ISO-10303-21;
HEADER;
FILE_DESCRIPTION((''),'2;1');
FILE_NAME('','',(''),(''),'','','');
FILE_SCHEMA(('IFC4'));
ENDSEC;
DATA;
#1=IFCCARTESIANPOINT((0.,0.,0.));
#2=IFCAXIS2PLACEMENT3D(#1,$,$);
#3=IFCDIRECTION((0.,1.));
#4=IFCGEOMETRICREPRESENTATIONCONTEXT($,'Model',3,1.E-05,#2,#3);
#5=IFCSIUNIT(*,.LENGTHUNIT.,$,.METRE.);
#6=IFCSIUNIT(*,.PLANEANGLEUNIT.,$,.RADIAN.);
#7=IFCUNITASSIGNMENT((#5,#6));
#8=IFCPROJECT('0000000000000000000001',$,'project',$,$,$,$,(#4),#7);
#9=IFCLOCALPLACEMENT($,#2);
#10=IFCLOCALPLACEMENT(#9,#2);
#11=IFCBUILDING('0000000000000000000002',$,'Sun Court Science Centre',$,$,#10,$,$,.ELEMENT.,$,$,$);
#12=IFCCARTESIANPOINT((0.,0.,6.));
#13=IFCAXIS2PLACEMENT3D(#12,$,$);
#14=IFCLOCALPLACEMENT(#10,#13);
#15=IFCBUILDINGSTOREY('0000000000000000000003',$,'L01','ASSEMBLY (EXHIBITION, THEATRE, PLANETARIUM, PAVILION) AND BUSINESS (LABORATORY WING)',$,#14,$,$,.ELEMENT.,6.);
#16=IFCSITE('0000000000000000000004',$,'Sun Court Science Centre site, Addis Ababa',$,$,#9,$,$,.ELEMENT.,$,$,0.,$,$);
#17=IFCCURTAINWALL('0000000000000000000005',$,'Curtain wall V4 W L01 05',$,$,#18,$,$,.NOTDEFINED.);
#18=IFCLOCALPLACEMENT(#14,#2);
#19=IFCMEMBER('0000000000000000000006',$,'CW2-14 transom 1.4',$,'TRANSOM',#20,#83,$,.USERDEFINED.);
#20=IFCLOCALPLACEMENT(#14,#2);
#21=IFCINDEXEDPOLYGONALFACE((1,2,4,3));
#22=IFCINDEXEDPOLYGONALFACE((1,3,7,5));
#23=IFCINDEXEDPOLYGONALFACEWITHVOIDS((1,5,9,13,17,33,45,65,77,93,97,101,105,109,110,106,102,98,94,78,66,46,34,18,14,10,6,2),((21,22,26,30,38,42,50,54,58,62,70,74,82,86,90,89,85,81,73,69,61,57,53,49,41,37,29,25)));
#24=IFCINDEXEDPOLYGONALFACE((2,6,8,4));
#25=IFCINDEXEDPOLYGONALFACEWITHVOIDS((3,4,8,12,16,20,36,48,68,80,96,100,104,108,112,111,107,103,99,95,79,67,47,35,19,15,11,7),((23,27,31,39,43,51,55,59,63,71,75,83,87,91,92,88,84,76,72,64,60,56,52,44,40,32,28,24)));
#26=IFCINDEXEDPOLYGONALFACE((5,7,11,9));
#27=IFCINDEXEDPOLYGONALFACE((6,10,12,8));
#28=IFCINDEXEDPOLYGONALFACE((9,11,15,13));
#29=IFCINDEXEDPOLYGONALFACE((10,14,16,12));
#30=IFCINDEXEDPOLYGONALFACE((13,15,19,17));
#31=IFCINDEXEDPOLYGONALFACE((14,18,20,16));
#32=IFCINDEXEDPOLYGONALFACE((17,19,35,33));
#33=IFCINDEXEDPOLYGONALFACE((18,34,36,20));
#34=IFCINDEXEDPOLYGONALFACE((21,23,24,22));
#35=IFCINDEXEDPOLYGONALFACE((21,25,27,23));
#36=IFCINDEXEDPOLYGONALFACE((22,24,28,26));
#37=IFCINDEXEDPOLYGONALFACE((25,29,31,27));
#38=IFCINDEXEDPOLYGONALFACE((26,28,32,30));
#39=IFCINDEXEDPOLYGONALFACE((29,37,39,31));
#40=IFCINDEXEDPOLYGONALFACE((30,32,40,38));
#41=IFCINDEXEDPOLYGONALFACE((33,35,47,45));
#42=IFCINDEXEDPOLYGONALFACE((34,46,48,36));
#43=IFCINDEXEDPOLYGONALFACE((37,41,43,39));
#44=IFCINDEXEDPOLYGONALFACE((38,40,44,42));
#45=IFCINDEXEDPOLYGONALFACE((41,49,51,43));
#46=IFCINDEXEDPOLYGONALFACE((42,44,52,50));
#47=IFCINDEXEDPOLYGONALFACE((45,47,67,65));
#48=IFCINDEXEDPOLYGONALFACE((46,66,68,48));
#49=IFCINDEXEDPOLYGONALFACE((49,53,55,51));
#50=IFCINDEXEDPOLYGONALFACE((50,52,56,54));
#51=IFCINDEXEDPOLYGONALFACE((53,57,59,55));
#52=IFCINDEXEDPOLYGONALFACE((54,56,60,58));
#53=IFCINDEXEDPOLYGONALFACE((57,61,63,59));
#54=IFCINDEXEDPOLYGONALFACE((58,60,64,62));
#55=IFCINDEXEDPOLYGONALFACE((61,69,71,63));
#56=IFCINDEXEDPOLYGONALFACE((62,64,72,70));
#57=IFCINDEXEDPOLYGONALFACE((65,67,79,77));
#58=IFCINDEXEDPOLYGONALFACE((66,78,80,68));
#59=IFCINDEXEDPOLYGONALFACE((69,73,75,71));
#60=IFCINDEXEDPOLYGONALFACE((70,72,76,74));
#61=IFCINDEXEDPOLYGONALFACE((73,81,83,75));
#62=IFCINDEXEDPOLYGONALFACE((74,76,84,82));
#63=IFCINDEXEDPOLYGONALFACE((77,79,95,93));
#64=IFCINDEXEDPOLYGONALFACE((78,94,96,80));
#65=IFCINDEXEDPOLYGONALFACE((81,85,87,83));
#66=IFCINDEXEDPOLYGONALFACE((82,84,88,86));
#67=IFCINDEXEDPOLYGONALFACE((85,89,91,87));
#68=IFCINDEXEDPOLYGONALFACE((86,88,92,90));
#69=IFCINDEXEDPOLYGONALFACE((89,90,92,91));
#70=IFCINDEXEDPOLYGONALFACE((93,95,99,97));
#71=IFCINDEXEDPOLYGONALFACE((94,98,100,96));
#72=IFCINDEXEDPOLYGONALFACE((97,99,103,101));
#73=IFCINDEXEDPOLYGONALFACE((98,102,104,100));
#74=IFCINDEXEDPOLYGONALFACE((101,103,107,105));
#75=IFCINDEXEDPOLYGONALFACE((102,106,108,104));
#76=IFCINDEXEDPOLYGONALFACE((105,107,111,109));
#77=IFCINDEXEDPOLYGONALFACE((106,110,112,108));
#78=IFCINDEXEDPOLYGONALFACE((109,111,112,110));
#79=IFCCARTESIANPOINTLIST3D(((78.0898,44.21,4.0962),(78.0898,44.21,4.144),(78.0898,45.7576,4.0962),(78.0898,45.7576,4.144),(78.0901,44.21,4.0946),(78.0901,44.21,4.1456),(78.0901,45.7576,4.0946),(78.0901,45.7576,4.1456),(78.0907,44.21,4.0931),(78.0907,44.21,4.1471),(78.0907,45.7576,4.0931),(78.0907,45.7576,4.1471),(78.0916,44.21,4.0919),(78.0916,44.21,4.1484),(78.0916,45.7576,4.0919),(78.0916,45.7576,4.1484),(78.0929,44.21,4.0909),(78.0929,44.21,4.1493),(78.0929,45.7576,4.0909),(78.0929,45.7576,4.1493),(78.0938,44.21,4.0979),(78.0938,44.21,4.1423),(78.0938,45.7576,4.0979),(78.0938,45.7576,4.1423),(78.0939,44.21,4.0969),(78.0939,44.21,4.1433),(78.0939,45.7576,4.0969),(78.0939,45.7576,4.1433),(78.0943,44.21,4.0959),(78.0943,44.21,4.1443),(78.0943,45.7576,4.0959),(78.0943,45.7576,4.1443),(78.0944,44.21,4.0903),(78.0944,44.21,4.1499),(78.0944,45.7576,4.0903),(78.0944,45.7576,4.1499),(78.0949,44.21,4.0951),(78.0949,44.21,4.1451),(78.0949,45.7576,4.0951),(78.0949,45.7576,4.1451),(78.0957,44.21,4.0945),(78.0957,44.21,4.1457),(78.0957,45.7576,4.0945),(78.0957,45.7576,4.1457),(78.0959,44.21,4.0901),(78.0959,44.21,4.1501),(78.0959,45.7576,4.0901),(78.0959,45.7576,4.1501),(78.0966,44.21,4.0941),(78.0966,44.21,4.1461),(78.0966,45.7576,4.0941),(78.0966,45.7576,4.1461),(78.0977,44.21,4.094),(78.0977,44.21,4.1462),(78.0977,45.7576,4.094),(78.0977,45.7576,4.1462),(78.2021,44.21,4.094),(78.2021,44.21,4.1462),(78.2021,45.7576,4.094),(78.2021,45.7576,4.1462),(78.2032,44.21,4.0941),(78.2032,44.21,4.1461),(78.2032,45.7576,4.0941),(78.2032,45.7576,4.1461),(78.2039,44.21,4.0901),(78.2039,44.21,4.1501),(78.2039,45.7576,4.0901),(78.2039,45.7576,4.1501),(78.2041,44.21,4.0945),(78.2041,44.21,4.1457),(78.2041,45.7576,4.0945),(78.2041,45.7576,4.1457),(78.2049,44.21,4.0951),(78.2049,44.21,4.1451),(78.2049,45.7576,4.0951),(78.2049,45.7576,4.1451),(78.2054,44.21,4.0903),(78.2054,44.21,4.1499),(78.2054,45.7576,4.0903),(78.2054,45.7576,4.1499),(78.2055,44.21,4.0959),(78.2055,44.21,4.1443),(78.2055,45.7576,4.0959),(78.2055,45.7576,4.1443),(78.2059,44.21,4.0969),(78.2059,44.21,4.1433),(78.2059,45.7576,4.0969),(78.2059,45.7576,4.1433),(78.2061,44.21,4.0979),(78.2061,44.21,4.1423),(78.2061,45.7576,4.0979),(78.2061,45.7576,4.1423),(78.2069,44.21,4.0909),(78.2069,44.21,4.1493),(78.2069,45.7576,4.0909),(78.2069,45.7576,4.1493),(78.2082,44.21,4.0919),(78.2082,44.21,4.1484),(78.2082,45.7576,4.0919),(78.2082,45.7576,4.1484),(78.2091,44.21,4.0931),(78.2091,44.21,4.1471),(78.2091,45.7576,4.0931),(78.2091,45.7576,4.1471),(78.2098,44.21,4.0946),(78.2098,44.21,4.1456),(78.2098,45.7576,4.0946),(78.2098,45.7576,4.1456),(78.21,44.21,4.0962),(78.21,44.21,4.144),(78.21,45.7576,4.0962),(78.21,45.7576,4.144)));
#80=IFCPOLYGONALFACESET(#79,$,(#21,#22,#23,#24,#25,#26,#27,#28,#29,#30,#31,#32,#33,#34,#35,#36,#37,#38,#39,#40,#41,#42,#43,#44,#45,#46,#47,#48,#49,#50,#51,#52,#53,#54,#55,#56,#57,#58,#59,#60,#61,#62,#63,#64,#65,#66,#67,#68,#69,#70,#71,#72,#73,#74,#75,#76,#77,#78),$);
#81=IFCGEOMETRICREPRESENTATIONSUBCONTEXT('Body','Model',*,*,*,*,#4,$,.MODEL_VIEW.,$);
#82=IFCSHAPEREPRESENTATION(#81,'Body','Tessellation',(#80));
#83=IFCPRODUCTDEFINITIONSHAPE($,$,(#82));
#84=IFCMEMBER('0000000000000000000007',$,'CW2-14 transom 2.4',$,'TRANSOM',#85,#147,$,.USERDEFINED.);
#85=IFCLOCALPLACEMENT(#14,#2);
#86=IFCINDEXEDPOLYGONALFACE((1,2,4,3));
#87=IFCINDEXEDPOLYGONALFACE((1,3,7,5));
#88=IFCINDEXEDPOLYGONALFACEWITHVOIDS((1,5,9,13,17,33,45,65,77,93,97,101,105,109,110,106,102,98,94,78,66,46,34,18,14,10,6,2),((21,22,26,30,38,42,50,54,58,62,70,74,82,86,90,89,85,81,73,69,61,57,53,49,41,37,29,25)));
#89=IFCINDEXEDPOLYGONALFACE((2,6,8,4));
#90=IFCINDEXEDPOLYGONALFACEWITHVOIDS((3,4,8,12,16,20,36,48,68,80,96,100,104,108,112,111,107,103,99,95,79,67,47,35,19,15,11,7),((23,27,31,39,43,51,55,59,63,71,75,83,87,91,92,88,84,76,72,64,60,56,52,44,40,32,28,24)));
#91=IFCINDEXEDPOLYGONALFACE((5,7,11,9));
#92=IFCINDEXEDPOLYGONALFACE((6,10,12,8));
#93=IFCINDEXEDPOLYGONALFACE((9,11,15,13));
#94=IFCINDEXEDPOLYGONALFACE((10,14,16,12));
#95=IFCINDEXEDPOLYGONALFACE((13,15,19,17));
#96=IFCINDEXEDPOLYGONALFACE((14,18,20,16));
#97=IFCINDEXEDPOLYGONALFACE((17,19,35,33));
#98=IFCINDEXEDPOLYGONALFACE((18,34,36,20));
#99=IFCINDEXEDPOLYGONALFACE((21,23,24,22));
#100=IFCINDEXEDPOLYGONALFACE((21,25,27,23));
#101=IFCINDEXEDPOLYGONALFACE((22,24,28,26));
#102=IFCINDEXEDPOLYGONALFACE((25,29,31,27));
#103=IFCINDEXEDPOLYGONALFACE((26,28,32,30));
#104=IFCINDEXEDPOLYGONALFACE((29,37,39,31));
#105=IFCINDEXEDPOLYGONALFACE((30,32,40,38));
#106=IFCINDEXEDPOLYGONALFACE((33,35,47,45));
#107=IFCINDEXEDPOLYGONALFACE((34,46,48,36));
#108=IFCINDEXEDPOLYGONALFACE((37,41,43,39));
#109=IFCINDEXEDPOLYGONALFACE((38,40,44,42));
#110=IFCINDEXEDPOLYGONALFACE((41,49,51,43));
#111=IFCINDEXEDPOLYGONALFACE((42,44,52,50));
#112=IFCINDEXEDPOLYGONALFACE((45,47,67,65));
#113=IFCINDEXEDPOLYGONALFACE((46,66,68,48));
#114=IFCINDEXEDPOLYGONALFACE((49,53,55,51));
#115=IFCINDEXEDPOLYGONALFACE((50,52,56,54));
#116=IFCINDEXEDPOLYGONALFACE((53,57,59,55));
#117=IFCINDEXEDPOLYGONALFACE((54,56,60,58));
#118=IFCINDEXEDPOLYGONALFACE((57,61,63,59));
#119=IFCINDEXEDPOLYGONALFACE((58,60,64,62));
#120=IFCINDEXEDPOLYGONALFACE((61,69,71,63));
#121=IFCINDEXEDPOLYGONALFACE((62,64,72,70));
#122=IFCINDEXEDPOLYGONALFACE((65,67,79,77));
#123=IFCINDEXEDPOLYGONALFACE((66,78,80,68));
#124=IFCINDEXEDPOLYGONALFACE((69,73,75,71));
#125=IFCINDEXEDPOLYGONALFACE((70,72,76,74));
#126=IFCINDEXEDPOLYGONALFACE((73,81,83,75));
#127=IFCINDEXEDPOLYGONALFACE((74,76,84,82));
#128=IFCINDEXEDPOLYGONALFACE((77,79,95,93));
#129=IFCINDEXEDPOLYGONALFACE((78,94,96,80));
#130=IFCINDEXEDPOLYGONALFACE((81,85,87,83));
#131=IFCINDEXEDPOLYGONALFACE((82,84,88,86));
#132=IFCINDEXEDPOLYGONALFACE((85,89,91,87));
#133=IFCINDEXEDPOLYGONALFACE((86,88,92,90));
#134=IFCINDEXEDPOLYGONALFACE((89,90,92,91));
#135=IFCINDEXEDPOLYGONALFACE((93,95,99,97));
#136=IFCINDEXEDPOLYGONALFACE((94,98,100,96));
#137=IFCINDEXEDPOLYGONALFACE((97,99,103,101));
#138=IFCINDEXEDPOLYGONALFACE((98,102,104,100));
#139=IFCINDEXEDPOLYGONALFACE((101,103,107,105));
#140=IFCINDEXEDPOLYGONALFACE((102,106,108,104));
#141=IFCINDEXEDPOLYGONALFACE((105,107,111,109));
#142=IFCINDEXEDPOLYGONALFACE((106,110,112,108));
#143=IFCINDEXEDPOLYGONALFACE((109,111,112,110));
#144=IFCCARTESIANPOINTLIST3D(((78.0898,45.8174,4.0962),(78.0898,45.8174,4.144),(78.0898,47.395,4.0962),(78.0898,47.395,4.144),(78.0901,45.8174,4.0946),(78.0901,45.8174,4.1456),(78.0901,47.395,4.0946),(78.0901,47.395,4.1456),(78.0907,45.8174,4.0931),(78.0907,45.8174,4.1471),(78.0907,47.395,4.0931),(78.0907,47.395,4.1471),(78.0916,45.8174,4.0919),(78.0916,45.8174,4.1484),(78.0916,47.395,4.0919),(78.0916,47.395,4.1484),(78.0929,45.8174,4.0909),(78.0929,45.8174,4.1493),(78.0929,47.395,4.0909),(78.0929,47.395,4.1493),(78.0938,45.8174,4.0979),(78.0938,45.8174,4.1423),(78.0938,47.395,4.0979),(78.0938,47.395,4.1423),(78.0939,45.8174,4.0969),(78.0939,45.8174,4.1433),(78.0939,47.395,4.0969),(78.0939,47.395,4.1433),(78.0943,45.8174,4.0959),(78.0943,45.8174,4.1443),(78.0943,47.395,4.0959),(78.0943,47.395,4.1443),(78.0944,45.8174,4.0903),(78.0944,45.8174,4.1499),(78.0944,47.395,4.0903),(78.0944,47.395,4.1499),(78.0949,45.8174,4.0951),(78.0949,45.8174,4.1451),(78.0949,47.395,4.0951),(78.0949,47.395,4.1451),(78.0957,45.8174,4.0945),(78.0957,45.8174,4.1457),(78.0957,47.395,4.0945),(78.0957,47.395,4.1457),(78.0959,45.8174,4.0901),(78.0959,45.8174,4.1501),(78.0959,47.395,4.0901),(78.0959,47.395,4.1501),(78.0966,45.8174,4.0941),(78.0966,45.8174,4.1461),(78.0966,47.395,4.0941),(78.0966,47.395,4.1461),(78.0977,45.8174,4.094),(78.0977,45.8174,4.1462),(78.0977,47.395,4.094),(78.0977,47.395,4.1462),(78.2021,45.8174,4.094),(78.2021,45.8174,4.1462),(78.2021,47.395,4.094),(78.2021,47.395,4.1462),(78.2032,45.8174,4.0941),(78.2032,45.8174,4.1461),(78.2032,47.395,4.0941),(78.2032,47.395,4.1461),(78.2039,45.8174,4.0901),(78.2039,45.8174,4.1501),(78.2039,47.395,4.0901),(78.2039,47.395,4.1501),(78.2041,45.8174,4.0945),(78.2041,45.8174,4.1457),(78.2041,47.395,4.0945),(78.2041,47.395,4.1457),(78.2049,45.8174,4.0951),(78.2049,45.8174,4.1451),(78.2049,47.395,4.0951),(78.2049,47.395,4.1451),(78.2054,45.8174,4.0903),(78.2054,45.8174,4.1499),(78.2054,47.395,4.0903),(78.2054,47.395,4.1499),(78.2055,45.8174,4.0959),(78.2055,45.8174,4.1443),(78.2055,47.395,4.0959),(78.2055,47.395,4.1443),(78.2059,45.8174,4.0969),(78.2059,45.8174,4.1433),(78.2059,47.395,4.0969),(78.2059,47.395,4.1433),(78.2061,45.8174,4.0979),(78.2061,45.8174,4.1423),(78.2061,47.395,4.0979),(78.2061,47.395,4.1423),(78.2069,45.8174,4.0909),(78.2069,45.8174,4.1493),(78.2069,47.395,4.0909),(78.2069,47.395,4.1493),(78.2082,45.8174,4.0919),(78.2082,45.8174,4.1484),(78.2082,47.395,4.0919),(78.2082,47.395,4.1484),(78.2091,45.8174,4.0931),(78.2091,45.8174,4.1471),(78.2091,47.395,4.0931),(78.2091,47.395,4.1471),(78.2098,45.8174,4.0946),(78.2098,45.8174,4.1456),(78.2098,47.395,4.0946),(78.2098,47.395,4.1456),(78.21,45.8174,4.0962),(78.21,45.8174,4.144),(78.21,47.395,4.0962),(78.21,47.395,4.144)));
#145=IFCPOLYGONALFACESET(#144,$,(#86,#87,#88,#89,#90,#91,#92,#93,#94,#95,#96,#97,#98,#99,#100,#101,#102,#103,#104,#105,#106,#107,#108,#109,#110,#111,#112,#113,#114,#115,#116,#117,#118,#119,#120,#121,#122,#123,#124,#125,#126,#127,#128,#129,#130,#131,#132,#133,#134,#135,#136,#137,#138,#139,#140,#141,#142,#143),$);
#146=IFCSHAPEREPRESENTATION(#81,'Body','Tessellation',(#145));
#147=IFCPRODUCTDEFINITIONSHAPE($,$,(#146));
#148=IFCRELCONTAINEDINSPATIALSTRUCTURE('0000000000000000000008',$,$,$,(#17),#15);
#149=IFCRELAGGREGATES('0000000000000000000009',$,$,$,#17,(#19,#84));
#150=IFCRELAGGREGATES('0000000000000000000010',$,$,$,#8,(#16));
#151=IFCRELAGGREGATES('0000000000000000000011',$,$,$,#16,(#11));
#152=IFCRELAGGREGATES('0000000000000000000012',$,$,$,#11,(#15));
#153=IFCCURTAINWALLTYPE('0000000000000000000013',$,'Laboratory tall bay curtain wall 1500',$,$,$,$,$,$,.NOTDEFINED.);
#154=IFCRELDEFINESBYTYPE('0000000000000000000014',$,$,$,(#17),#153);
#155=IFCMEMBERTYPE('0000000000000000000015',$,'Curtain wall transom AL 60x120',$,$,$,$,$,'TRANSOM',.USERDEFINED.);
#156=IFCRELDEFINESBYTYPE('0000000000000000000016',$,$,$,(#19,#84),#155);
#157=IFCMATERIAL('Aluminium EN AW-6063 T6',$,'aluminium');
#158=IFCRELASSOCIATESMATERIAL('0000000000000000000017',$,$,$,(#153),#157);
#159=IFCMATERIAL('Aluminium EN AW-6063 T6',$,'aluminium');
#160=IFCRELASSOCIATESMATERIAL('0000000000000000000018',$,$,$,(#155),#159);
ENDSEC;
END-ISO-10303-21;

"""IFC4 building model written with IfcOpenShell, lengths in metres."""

from ifc_helpers import new_model, si_unit, direction, frame, origin, origin_2d, place, context, subcontext, project, spatial, hollow_rectangle, extrude, material, material_profile, profile_set, type_object, element, aggregate, save


model = new_model("IFC4")

# Units and contexts
model_context = context("Model", 3, precision=1e-05, world=origin(), true_north=direction((0.0, 1.0)))
body_context = subcontext(model_context, "Body", "Model", "MODEL_VIEW")
ifc_project = project(units=[si_unit("LENGTHUNIT", "METRE"), si_unit("PLANEANGLEUNIT", "RADIAN")], contexts=[model_context])

# Site, building, storey
site_placement = place(None, origin())
site = spatial("IfcSite", under=ifc_project, at=site_placement, Name="Sun Court Science Centre site, Addis Ababa", CompositionType="ELEMENT", RefElevation=0.0)
building_placement = place(site_placement, origin())
building = spatial("IfcBuilding", under=site, at=building_placement, Name="Sun Court Science Centre", CompositionType="ELEMENT")
storey_placement = place(building_placement, frame((0.0, 0.0, 6.0)))
storey = spatial("IfcBuildingStorey", under=building, at=storey_placement, Name="L01", Description="ASSEMBLY (EXHIBITION, THEATRE, PLANETARIUM, PAVILION) AND BUSINESS (LABORATORY WING)", CompositionType="ELEMENT", Elevation=6.0)

# Curtain wall
ifc_material_1 = material(Name="Aluminium EN AW-6063 T6", Category="aluminium")
curtain_wall_type_1 = type_object("IfcCurtainWallType", Name="Laboratory tall bay curtain wall 1500", PredefinedType="NOTDEFINED", material=ifc_material_1)
curtain_wall_1_placement = place(storey_placement, origin())
curtain_wall_1 = element("IfcCurtainWall", 1, at=curtain_wall_1_placement, inside=storey, type_object=curtain_wall_type_1, Name="Curtain wall V4 W L01 05", PredefinedType="NOTDEFINED")

# Members
ifc_material_2 = material(Name="Aluminium EN AW-6063 T6", Category="aluminium")
ifc_material_profile_1 = material_profile(ifc_material_2, hollow_rectangle(XDim=0.0601, YDim=0.1201, WallThickness=0.0039, InnerFilletRadius=0.0039, OuterFilletRadius=0.0061, at=origin_2d()), Name="AL 60x120x4")
ifc_profile_set_1 = profile_set([ifc_material_profile_1], Name="Aluminium EN AW-6063 T6")
member_type_1 = type_object("IfcMemberType", Name="Curtain wall transom AL 60x120", ElementType="TRANSOM", PredefinedType="USERDEFINED", material=ifc_profile_set_1)
member_1_placement = place(storey_placement, frame((78.1499, 44.21, 4.1201), z_axis=(0.0, 1.0, 0.0), x_axis=(0.0, 0.0, 1.0)))
member_1 = element("IfcMember", 2, at=member_1_placement, type_object=member_type_1, Name="CW2-14 transom 1.4", ObjectType="TRANSOM", PredefinedType="USERDEFINED", context=body_context, shape_type="SweptSolid", body=[
    extrude(hollow_rectangle(XDim=0.0601, YDim=0.1201, WallThickness=0.0039, InnerFilletRadius=0.0039, OuterFilletRadius=0.0061, at=origin_2d()), origin(), (0.0, 0.0, 1.0), 1.5476),
])
member_2_placement = place(storey_placement, frame((78.1499, 45.8174, 4.1201), z_axis=(0.0, 1.0, 0.0), x_axis=(0.0, 0.0, 1.0)))
member_2 = element("IfcMember", 3, at=member_2_placement, type_object=member_type_1, Name="CW2-14 transom 2.4", ObjectType="TRANSOM", PredefinedType="USERDEFINED", context=body_context, shape_type="SweptSolid", body=[
    extrude(hollow_rectangle(XDim=0.0601, YDim=0.1201, WallThickness=0.0039, InnerFilletRadius=0.0039, OuterFilletRadius=0.0061, at=origin_2d()), origin(), (0.0, 0.0, 1.0), 1.5776),
])

aggregate(curtain_wall_1, [member_1, member_2])

save(model, "model.ifc")
